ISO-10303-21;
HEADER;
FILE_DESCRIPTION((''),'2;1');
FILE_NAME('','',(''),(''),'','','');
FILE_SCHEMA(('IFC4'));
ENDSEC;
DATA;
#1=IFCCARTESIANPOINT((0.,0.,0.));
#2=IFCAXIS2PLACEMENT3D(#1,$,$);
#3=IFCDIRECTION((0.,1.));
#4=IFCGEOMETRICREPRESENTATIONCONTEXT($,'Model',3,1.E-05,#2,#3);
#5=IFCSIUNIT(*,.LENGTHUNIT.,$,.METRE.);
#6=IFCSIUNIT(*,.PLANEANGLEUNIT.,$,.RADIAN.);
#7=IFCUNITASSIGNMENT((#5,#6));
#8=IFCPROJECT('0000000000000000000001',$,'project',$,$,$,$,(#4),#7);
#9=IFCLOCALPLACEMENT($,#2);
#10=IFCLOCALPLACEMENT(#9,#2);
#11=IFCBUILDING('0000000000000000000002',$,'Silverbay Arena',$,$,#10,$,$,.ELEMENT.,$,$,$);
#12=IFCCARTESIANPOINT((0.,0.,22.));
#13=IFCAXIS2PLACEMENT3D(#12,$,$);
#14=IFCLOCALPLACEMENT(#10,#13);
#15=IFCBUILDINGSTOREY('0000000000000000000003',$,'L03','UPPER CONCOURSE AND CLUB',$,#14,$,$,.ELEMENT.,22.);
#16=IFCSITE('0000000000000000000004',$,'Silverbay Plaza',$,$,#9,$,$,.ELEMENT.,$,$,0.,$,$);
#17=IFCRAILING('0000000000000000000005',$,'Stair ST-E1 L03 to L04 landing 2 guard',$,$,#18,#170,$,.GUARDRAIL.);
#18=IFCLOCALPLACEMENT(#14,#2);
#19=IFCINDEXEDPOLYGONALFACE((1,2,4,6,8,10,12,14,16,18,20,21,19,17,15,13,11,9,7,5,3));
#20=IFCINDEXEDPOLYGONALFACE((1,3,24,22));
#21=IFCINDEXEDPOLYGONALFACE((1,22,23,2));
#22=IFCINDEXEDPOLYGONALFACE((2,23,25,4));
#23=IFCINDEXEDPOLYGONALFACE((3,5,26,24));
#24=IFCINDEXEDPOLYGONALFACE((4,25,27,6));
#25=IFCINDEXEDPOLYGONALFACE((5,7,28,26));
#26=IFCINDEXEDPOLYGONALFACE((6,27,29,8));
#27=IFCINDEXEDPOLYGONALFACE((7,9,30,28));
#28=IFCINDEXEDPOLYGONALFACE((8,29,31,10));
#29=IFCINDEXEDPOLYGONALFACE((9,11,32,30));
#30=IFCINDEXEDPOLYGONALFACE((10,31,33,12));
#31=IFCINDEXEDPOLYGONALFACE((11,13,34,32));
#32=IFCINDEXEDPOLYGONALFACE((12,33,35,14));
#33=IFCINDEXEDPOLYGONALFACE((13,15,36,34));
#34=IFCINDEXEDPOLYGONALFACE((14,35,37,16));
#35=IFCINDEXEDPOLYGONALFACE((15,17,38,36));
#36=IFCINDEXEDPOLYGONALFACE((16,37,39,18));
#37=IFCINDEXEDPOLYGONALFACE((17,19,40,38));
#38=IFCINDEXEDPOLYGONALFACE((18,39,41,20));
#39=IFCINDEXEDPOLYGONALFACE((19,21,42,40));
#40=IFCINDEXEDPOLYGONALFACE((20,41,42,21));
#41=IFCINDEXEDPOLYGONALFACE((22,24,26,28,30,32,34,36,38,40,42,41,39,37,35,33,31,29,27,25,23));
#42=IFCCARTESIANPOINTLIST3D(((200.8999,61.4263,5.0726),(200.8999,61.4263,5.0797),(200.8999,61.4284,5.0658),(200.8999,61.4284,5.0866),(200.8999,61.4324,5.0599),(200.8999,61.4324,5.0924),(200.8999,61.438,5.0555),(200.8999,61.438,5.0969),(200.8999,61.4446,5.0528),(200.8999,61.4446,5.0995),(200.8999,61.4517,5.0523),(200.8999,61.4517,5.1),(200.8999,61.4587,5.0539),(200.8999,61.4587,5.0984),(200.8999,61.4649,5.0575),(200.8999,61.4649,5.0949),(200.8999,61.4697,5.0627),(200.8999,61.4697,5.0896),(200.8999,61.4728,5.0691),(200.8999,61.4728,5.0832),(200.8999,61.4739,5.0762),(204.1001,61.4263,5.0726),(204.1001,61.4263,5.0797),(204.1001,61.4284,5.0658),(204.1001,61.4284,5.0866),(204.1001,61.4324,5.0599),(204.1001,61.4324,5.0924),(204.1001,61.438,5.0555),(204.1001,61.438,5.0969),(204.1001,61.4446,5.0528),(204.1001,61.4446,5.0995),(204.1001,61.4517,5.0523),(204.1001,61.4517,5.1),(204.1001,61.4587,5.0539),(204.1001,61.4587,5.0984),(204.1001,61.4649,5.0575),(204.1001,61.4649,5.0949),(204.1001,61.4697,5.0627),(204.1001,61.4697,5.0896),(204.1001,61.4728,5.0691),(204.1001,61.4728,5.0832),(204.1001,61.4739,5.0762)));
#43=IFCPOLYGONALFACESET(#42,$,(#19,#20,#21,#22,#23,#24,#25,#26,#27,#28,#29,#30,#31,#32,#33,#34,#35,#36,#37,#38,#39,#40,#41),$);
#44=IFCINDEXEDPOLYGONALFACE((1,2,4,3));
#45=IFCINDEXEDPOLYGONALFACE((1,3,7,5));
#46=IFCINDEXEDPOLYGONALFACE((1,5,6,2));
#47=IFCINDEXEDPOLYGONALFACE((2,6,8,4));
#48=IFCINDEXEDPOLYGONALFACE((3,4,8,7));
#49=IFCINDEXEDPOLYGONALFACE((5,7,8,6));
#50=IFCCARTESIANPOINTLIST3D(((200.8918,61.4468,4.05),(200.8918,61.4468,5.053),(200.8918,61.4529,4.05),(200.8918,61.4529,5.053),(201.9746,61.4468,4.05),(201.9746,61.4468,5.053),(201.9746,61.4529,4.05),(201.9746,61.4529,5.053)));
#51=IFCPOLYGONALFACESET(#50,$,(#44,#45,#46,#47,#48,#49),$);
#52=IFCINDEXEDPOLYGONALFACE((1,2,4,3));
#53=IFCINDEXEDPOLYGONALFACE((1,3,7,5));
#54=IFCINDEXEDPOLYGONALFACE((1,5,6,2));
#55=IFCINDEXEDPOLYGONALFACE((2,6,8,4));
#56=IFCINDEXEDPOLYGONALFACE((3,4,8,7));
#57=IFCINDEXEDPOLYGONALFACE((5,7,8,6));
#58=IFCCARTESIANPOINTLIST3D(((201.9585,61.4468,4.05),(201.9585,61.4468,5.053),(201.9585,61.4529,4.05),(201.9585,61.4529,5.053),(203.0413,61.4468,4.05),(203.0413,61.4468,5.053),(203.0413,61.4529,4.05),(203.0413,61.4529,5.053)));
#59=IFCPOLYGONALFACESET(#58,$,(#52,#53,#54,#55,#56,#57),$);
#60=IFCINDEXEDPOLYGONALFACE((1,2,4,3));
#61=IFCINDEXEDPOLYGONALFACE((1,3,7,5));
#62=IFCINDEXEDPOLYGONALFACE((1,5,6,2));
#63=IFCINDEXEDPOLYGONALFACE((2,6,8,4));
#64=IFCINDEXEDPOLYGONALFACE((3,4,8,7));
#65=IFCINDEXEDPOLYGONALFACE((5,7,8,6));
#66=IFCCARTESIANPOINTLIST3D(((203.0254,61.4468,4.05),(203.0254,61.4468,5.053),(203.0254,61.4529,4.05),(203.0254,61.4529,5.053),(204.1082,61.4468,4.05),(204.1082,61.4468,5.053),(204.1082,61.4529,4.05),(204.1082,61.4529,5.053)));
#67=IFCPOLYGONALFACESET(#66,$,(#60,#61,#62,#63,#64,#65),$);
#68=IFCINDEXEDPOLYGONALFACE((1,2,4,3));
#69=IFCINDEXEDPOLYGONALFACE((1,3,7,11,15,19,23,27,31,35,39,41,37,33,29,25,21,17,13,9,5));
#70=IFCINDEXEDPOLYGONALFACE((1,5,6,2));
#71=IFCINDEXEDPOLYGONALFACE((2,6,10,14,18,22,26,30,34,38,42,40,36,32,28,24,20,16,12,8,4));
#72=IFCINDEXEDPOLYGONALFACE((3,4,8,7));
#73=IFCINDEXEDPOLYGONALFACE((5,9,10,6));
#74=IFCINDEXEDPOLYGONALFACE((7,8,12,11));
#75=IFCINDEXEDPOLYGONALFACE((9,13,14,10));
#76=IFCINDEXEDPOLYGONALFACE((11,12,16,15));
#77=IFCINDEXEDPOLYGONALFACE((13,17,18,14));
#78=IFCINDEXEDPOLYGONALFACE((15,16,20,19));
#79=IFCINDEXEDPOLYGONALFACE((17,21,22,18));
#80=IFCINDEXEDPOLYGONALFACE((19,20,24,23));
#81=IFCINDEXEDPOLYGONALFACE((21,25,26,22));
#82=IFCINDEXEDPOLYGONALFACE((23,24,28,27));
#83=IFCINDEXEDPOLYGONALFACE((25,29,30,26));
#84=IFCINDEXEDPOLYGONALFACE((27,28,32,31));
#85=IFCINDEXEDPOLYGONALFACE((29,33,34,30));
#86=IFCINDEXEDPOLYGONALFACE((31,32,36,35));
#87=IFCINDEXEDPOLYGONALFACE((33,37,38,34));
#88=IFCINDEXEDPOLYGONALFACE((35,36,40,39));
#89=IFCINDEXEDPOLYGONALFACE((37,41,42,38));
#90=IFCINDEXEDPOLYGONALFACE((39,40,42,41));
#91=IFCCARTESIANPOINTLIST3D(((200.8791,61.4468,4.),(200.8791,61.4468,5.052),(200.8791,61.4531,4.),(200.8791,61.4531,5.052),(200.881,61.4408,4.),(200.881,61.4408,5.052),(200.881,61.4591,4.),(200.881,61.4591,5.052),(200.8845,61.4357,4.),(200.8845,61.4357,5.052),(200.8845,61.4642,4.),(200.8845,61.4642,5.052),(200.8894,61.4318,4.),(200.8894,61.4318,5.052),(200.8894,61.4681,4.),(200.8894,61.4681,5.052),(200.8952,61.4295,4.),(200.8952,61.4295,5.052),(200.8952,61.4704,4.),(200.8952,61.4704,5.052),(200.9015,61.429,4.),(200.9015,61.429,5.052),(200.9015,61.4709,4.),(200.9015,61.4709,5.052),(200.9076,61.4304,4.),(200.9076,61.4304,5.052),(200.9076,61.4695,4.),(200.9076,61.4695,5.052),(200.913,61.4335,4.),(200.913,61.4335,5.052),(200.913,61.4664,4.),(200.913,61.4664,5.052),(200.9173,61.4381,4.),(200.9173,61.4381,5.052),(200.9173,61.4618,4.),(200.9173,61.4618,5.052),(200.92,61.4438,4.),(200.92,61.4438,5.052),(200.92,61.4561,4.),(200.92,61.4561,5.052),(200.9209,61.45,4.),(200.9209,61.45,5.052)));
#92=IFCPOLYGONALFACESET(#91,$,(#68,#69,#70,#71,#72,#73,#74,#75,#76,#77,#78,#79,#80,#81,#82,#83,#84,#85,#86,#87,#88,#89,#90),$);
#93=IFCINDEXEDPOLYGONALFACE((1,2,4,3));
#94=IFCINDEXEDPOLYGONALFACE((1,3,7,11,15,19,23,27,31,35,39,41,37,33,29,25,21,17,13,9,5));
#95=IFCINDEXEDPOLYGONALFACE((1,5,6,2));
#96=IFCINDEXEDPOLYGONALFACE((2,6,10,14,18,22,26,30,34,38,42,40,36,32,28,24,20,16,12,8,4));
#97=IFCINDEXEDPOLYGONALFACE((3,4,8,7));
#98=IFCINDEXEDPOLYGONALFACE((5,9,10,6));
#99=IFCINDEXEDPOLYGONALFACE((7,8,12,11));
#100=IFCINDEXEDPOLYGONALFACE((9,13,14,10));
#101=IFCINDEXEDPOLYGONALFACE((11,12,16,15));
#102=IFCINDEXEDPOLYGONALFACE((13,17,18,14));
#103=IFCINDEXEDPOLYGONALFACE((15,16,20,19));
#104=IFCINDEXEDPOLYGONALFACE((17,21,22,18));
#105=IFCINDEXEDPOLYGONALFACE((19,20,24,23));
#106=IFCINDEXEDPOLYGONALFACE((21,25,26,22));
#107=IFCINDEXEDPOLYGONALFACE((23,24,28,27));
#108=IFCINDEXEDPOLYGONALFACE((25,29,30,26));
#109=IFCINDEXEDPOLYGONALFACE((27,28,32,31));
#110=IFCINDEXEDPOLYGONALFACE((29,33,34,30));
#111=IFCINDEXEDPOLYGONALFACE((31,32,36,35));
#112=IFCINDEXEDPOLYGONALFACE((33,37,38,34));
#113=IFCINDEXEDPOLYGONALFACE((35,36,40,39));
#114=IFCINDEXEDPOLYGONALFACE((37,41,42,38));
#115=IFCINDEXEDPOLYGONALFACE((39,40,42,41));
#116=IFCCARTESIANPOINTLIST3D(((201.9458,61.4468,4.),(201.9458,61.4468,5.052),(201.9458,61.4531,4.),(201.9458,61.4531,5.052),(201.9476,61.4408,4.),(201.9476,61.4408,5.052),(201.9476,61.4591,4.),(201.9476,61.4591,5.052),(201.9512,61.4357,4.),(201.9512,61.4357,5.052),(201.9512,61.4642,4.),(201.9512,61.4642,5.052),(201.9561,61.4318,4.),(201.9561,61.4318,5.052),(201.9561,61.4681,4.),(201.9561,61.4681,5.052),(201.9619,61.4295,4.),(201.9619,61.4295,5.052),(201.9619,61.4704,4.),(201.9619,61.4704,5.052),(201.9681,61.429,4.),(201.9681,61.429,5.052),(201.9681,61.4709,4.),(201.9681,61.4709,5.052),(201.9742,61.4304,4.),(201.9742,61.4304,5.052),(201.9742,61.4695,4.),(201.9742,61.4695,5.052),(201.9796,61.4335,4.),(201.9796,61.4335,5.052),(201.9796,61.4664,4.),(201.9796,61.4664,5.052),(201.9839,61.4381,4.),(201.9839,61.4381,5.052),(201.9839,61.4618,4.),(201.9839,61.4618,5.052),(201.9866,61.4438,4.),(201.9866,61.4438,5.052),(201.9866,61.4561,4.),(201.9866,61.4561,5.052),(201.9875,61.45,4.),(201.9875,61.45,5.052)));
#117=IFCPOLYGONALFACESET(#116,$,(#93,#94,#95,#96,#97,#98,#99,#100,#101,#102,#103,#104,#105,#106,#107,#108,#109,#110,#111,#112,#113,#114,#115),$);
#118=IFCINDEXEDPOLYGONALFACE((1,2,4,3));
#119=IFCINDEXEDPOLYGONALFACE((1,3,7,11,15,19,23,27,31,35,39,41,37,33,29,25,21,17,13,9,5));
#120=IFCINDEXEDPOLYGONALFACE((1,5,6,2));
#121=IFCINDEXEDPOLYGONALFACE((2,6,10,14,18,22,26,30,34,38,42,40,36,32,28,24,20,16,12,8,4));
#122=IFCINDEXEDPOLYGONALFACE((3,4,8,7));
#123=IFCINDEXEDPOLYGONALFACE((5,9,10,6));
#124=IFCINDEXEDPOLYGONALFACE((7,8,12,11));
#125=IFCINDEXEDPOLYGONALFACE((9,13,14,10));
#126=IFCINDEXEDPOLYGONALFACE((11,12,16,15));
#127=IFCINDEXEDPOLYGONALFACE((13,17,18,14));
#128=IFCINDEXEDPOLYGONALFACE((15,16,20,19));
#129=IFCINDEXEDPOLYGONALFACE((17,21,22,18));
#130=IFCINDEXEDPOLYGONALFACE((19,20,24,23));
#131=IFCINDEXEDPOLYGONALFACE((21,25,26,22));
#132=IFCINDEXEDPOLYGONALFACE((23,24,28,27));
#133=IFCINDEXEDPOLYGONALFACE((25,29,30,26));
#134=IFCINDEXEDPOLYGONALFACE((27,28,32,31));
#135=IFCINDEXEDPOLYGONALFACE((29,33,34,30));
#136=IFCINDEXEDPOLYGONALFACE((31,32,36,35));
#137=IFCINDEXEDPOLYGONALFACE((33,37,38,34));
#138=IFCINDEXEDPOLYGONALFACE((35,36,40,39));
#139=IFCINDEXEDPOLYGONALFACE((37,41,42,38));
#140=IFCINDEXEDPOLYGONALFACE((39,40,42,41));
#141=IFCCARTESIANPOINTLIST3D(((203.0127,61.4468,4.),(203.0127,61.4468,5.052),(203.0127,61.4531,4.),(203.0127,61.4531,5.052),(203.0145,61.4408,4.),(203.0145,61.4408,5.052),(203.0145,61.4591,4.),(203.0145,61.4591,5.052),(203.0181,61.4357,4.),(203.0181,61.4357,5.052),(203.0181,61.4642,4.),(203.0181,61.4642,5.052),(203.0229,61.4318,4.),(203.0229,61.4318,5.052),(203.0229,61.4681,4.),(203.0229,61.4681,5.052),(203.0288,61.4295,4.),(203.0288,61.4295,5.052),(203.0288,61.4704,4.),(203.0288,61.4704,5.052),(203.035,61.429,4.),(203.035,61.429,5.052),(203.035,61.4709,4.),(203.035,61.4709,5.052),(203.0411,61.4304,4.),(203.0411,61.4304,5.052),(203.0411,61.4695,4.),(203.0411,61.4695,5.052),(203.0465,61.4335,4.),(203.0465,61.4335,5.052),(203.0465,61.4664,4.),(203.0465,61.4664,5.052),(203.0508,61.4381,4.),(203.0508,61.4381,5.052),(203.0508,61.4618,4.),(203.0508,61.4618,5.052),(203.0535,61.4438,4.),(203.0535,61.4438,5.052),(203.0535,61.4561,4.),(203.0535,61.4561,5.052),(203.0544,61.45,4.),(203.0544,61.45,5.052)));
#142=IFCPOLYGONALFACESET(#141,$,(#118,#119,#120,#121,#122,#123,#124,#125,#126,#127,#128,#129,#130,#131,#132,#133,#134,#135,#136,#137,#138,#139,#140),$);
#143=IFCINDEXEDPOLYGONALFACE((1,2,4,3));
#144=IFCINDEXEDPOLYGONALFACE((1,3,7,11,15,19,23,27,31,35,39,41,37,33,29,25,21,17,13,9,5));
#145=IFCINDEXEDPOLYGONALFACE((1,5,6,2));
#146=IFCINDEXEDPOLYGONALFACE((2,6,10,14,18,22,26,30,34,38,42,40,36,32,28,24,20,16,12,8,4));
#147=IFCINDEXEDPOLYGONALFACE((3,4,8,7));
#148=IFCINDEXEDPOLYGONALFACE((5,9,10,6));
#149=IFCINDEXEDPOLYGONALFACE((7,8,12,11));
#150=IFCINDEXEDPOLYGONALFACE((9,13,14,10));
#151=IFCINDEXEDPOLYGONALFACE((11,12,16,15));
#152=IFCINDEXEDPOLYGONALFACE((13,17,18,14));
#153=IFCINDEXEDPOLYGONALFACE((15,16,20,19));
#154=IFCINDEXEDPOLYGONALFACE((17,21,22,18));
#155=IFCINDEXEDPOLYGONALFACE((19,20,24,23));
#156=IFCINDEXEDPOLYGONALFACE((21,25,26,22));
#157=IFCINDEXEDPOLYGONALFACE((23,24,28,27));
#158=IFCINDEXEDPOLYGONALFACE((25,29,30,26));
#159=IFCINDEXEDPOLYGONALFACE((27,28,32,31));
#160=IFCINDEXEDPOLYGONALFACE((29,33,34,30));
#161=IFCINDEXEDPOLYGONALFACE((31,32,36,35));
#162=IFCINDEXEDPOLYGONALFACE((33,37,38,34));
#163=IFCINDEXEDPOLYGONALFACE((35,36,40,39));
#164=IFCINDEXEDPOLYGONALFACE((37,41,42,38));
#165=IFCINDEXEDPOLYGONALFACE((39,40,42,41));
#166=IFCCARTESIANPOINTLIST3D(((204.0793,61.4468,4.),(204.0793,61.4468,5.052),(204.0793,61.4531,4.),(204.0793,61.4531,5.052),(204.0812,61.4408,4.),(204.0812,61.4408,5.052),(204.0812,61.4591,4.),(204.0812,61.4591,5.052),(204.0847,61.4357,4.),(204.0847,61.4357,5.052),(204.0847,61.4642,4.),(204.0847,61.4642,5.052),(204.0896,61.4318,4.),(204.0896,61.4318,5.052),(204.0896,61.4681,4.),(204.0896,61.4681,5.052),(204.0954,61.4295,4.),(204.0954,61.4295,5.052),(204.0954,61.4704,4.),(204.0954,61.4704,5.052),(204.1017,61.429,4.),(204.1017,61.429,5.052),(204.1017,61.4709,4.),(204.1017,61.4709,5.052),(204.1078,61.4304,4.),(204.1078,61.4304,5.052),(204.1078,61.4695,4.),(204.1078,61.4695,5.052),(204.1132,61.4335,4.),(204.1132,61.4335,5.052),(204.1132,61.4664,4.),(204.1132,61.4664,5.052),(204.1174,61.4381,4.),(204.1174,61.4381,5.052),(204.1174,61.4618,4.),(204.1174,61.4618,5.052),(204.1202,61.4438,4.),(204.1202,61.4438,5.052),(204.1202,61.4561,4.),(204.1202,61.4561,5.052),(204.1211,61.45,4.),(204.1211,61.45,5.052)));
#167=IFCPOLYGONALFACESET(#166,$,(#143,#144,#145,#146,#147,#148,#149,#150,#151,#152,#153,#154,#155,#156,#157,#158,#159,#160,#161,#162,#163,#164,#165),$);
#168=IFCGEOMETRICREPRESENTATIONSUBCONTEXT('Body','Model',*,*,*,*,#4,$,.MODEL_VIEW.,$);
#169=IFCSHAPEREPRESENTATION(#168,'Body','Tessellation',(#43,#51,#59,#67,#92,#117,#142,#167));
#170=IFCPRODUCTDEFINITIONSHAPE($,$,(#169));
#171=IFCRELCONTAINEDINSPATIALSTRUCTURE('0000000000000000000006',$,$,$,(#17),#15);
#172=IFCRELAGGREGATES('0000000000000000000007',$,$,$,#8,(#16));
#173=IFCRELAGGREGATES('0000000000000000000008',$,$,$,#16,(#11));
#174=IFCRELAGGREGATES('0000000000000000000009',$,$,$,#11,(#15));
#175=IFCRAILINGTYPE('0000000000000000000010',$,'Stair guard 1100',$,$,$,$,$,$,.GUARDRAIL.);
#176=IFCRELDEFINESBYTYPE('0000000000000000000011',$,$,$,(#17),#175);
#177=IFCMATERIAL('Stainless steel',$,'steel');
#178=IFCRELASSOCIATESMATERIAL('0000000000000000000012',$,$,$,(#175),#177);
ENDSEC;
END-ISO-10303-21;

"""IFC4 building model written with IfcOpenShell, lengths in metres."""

from ifc_helpers import new_model, si_unit, direction, frame, origin, origin_2d, place, context, subcontext, project, spatial, polyline, circle, outline, extrude, material, type_object, element, save


model = new_model("IFC4")

# Units and contexts
model_context = context("Model", 3, precision=1e-05, world=origin(), true_north=direction((0.0, 1.0)))
body_context = subcontext(model_context, "Body", "Model", "MODEL_VIEW")
ifc_project = project(units=[si_unit("LENGTHUNIT", "METRE"), si_unit("PLANEANGLEUNIT", "RADIAN")], contexts=[model_context])

# Site, building, storey
site_placement = place(None, origin())
site = spatial("IfcSite", under=ifc_project, at=site_placement, Name="Silverbay Plaza", CompositionType="ELEMENT", RefElevation=0.0)
building_placement = place(site_placement, origin())
building = spatial("IfcBuilding", under=site, at=building_placement, Name="Silverbay Arena", CompositionType="ELEMENT")
storey_placement = place(building_placement, frame((0.0, 0.0, 22.0)))
storey = spatial("IfcBuildingStorey", under=building, at=storey_placement, Name="L03", Description="UPPER CONCOURSE AND CLUB", CompositionType="ELEMENT", Elevation=22.0)

# Railing
ifc_material_1 = material(Name="Stainless steel", Category="steel")
railing_type_1 = type_object("IfcRailingType", Name="Stair guard 1100", PredefinedType="GUARDRAIL", material=ifc_material_1)
railing_1_placement = place(storey_placement, frame((200.8999, 61.45, 4.0)))
element("IfcRailing", 1, at=railing_1_placement, inside=storey, type_object=railing_type_1, Name="Stair ST-E1 L03 to L04 landing 2 guard", PredefinedType="GUARDRAIL", context=body_context, shape_type="SweptSolid", body=[
    extrude(circle(Radius=0.0239, at=origin_2d()), frame((0.0, 0.0, 1.0762), z_axis=(1.0, 0.0, 0.0), x_axis=(0.0, 1.0, 0.0)), (0.0, 0.0, 1.0), 3.2002),
    extrude(outline(polyline([(-0.0081, 0.05), (1.0747, 0.05), (1.0747, 1.053), (-0.0081, 1.053), (-0.0081, 0.05)])), frame((0.0, 0.0029, 0.0), z_axis=(0.0, -1.0, 0.0), x_axis=(1.0, 0.0, 0.0)), (0.0, 0.0, 1.0), 0.0061),
    extrude(outline(polyline([(-0.0081, 0.05), (1.0747, 0.05), (1.0747, 1.053), (-0.0081, 1.053), (-0.0081, 0.05)])), frame((1.0667, 0.0029, 0.0), z_axis=(0.0, -1.0, 0.0), x_axis=(1.0, 0.0, 0.0)), (0.0, 0.0, 1.0), 0.0061),
    extrude(outline(polyline([(-0.0081, 0.05), (1.0747, 0.05), (1.0747, 1.053), (-0.0081, 1.053), (-0.0081, 0.05)])), frame((2.1335, 0.0029, 0.0), z_axis=(0.0, -1.0, 0.0), x_axis=(1.0, 0.0, 0.0)), (0.0, 0.0, 1.0), 0.0061),
    extrude(circle(Radius=0.021, at=origin_2d()), origin(), (0.0, 0.0, 1.0), 1.052),
    extrude(circle(Radius=0.021, at=origin_2d()), frame((1.0667, 0.0, 0.0)), (0.0, 0.0, 1.0), 1.052),
    extrude(circle(Radius=0.021, at=origin_2d()), frame((2.1335, 0.0, 0.0)), (0.0, 0.0, 1.0), 1.052),
    extrude(circle(Radius=0.021, at=origin_2d()), frame((3.2002, 0.0, 0.0)), (0.0, 0.0, 1.0), 1.052),
])

save(model, "model.ifc")
